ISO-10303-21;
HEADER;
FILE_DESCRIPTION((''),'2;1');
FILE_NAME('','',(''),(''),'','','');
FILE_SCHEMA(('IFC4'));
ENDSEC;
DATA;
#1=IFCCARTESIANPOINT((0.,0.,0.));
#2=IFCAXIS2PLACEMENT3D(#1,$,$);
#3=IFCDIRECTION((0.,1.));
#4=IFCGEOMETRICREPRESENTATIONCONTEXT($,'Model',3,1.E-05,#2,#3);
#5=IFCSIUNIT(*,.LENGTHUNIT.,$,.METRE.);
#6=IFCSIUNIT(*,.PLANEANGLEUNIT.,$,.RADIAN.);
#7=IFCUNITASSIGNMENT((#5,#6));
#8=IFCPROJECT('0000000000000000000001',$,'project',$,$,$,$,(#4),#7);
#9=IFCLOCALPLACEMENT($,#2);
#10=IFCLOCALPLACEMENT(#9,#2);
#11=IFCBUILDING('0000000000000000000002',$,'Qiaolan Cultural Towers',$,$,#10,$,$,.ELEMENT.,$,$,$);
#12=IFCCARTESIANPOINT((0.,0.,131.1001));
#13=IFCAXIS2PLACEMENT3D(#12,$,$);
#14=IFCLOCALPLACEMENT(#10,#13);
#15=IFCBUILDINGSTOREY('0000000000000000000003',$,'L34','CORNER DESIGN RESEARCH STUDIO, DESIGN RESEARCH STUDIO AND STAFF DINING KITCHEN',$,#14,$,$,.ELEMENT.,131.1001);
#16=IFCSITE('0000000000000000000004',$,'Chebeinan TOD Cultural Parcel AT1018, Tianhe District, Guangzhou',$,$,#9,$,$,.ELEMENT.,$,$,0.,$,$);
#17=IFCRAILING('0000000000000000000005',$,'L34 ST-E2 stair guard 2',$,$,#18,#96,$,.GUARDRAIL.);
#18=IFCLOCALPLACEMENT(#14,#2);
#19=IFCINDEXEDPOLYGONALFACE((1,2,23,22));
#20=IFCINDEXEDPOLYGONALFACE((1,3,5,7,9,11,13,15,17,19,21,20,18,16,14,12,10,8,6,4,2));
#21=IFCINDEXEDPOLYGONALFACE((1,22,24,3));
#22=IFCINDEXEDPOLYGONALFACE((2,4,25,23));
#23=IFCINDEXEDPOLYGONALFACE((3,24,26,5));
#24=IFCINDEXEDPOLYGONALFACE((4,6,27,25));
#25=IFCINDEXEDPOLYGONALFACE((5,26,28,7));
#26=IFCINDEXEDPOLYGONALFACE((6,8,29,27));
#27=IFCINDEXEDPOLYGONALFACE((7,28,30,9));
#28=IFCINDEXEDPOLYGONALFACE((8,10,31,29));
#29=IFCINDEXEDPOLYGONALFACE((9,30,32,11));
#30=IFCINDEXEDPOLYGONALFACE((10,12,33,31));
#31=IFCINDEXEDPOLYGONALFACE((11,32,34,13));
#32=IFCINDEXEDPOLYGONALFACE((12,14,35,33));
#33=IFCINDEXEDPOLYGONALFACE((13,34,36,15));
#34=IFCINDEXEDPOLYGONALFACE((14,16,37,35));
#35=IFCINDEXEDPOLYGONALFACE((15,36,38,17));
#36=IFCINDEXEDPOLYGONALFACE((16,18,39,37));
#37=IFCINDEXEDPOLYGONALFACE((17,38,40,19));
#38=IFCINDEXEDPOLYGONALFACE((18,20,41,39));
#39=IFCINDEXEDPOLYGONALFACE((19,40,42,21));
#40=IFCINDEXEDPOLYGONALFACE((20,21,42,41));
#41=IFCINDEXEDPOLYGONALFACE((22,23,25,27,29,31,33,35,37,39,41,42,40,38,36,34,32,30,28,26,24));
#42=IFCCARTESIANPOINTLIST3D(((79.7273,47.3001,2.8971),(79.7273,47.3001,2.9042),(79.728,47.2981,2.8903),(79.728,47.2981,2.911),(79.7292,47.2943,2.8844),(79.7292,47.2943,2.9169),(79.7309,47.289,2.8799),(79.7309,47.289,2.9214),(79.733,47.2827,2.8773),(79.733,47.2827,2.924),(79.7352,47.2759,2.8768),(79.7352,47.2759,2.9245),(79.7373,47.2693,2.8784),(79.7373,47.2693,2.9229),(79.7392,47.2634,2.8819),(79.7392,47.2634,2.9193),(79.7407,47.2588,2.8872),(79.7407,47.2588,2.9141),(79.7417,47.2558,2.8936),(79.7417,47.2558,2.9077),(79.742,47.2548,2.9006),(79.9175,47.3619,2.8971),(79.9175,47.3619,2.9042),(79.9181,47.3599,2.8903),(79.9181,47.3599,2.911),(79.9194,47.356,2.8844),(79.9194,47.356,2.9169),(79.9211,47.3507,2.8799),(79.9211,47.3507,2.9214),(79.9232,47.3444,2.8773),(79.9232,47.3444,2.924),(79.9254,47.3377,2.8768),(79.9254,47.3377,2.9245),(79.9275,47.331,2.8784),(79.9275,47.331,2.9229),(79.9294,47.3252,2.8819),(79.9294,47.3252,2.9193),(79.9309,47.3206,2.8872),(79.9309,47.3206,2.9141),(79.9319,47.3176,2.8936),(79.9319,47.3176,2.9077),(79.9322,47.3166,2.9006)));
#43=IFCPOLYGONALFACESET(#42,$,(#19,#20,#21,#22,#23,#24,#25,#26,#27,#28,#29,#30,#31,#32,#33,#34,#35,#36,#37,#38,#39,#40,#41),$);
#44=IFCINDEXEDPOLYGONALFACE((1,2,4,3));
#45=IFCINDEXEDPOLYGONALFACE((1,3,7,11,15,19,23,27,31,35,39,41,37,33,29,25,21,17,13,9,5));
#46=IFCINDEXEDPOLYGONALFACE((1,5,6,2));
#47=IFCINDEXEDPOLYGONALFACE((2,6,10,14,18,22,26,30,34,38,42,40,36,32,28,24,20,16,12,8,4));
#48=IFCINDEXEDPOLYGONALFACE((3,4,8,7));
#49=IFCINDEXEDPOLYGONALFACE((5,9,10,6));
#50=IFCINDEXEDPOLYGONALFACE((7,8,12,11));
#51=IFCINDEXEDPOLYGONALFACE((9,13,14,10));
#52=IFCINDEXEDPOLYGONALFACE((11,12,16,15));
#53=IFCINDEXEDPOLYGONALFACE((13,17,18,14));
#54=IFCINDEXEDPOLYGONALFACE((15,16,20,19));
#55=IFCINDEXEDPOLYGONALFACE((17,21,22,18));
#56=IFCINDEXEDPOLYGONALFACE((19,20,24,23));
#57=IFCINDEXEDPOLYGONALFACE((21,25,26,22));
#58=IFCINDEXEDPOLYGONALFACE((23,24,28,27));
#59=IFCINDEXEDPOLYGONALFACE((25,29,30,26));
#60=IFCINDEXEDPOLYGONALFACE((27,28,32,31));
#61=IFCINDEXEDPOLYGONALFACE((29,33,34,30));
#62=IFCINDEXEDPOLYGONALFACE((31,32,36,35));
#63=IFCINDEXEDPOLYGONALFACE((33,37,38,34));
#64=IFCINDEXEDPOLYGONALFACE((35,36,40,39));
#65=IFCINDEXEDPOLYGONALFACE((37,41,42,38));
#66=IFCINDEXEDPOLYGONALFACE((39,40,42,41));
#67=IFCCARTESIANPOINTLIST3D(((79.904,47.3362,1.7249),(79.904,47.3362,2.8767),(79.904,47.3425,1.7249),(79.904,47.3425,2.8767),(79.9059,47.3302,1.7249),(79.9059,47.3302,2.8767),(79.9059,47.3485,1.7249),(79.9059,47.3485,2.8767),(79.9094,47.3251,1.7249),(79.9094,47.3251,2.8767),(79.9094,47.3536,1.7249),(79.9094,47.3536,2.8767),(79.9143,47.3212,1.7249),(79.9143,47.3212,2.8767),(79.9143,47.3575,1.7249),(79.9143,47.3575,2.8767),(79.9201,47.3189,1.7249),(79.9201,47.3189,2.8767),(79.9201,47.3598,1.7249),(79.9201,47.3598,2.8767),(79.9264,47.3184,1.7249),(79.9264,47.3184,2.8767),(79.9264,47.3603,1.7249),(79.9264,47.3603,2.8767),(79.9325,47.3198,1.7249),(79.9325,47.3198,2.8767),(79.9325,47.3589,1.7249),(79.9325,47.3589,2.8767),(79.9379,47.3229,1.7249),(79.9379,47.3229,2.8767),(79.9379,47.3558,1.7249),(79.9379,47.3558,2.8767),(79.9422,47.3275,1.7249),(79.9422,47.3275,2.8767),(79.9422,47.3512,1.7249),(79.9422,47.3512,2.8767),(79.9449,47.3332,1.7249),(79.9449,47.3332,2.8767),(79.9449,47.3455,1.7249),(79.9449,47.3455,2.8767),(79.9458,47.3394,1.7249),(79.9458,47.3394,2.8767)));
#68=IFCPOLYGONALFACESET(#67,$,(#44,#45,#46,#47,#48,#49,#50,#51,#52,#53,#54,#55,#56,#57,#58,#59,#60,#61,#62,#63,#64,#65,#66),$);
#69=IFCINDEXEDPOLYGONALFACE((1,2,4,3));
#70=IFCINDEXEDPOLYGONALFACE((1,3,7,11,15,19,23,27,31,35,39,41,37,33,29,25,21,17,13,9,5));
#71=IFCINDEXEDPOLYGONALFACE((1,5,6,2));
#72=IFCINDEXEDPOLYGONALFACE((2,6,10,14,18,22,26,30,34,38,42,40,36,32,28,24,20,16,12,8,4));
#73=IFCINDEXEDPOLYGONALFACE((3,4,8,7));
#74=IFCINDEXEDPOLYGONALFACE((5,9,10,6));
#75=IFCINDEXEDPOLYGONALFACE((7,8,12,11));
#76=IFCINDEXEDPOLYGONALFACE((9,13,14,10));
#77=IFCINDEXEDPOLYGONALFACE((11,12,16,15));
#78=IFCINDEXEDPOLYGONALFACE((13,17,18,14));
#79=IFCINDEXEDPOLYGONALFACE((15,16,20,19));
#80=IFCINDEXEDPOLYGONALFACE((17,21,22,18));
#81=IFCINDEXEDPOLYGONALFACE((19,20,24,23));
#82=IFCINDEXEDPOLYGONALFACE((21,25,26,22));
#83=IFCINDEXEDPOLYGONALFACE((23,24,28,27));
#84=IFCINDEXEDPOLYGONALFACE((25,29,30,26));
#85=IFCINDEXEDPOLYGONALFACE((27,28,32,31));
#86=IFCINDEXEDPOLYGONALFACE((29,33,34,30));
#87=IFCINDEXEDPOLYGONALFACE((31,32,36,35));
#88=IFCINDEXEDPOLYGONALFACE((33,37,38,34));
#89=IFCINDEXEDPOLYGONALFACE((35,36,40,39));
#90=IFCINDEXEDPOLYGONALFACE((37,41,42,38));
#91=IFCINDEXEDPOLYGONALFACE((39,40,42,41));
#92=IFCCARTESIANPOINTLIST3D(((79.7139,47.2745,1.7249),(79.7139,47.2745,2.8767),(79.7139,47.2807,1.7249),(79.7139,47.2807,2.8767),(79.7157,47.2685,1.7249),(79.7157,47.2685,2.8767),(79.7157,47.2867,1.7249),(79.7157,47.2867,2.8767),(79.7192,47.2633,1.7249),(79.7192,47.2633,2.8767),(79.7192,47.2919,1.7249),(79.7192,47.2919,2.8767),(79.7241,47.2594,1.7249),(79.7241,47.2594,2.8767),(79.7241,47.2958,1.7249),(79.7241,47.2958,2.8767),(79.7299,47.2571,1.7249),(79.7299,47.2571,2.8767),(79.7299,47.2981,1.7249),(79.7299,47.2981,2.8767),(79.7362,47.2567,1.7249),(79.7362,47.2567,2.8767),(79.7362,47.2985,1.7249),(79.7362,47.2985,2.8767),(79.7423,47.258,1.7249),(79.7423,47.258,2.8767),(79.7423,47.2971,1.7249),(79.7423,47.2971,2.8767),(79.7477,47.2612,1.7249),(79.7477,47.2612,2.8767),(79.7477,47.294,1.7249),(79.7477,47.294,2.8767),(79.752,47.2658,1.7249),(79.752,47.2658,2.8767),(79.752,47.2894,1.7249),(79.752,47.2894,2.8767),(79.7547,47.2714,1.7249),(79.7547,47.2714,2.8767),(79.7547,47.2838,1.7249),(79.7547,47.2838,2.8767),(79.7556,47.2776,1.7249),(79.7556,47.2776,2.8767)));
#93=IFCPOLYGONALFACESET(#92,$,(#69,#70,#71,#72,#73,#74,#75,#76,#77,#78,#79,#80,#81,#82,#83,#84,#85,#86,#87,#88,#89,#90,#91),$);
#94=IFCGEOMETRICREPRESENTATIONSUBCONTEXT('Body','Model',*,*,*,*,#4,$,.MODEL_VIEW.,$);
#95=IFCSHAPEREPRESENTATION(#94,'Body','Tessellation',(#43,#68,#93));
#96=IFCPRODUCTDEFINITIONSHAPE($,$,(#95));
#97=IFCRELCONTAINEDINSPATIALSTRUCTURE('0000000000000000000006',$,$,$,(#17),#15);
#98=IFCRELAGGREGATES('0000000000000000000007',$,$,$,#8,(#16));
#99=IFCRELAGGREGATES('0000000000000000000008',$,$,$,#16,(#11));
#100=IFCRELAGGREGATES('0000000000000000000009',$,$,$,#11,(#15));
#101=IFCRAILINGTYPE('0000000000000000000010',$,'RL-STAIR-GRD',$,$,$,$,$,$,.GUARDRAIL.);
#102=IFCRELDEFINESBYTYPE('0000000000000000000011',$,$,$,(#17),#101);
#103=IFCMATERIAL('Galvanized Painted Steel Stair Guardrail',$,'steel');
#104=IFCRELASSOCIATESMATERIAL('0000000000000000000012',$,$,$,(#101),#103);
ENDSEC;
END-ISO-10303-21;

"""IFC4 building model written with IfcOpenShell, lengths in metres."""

from ifc_helpers import new_model, si_unit, direction, frame, origin, origin_2d, place, context, subcontext, project, spatial, circle, extrude, material, type_object, element, save


model = new_model("IFC4")

# Units and contexts
model_context = context("Model", 3, precision=1e-05, world=origin(), true_north=direction((0.0, 1.0)))
body_context = subcontext(model_context, "Body", "Model", "MODEL_VIEW")
ifc_project = project(units=[si_unit("LENGTHUNIT", "METRE"), si_unit("PLANEANGLEUNIT", "RADIAN")], contexts=[model_context])

# Site, building, storey
site_placement = place(None, origin())
site = spatial("IfcSite", under=ifc_project, at=site_placement, Name="Chebeinan TOD Cultural Parcel AT1018, Tianhe District, Guangzhou", CompositionType="ELEMENT", RefElevation=0.0)
building_placement = place(site_placement, origin())
building = spatial("IfcBuilding", under=site, at=building_placement, Name="Qiaolan Cultural Towers", CompositionType="ELEMENT")
storey_placement = place(building_placement, frame((0.0, 0.0, 131.1001)))
storey = spatial("IfcBuildingStorey", under=building, at=storey_placement, Name="L34", Description="CORNER DESIGN RESEARCH STUDIO, DESIGN RESEARCH STUDIO AND STAFF DINING KITCHEN", CompositionType="ELEMENT", Elevation=131.1001)

# Railing
ifc_material_1 = material(Name="Galvanized Painted Steel Stair Guardrail", Category="steel")
railing_type_1 = type_object("IfcRailingType", Name="RL-STAIR-GRD", PredefinedType="GUARDRAIL", material=ifc_material_1)
railing_1_placement = place(storey_placement, frame((79.9248, 47.3394, 1.7249)))
element("IfcRailing", 1, at=railing_1_placement, inside=storey, type_object=railing_type_1, Name="L34 ST-E2 stair guard 2", PredefinedType="GUARDRAIL", context=body_context, shape_type="SweptSolid", body=[
    extrude(circle(Radius=0.0239, at=origin_2d()), frame((0.0, 0.0, 1.1758), z_axis=(-0.951097, -0.308893, 0.0), x_axis=(0.308893, -0.951097, 0.0)), (0.0, 0.0, 1.0), 0.2),
    extrude(circle(Radius=0.021, at=origin_2d()), origin(), (0.0, 0.0, 1.0), 1.1519),
    extrude(circle(Radius=0.021, at=origin_2d()), frame((-0.1902, -0.0618, 0.0)), (0.0, 0.0, 1.0), 1.1519),
])

save(model, "model.ifc")
